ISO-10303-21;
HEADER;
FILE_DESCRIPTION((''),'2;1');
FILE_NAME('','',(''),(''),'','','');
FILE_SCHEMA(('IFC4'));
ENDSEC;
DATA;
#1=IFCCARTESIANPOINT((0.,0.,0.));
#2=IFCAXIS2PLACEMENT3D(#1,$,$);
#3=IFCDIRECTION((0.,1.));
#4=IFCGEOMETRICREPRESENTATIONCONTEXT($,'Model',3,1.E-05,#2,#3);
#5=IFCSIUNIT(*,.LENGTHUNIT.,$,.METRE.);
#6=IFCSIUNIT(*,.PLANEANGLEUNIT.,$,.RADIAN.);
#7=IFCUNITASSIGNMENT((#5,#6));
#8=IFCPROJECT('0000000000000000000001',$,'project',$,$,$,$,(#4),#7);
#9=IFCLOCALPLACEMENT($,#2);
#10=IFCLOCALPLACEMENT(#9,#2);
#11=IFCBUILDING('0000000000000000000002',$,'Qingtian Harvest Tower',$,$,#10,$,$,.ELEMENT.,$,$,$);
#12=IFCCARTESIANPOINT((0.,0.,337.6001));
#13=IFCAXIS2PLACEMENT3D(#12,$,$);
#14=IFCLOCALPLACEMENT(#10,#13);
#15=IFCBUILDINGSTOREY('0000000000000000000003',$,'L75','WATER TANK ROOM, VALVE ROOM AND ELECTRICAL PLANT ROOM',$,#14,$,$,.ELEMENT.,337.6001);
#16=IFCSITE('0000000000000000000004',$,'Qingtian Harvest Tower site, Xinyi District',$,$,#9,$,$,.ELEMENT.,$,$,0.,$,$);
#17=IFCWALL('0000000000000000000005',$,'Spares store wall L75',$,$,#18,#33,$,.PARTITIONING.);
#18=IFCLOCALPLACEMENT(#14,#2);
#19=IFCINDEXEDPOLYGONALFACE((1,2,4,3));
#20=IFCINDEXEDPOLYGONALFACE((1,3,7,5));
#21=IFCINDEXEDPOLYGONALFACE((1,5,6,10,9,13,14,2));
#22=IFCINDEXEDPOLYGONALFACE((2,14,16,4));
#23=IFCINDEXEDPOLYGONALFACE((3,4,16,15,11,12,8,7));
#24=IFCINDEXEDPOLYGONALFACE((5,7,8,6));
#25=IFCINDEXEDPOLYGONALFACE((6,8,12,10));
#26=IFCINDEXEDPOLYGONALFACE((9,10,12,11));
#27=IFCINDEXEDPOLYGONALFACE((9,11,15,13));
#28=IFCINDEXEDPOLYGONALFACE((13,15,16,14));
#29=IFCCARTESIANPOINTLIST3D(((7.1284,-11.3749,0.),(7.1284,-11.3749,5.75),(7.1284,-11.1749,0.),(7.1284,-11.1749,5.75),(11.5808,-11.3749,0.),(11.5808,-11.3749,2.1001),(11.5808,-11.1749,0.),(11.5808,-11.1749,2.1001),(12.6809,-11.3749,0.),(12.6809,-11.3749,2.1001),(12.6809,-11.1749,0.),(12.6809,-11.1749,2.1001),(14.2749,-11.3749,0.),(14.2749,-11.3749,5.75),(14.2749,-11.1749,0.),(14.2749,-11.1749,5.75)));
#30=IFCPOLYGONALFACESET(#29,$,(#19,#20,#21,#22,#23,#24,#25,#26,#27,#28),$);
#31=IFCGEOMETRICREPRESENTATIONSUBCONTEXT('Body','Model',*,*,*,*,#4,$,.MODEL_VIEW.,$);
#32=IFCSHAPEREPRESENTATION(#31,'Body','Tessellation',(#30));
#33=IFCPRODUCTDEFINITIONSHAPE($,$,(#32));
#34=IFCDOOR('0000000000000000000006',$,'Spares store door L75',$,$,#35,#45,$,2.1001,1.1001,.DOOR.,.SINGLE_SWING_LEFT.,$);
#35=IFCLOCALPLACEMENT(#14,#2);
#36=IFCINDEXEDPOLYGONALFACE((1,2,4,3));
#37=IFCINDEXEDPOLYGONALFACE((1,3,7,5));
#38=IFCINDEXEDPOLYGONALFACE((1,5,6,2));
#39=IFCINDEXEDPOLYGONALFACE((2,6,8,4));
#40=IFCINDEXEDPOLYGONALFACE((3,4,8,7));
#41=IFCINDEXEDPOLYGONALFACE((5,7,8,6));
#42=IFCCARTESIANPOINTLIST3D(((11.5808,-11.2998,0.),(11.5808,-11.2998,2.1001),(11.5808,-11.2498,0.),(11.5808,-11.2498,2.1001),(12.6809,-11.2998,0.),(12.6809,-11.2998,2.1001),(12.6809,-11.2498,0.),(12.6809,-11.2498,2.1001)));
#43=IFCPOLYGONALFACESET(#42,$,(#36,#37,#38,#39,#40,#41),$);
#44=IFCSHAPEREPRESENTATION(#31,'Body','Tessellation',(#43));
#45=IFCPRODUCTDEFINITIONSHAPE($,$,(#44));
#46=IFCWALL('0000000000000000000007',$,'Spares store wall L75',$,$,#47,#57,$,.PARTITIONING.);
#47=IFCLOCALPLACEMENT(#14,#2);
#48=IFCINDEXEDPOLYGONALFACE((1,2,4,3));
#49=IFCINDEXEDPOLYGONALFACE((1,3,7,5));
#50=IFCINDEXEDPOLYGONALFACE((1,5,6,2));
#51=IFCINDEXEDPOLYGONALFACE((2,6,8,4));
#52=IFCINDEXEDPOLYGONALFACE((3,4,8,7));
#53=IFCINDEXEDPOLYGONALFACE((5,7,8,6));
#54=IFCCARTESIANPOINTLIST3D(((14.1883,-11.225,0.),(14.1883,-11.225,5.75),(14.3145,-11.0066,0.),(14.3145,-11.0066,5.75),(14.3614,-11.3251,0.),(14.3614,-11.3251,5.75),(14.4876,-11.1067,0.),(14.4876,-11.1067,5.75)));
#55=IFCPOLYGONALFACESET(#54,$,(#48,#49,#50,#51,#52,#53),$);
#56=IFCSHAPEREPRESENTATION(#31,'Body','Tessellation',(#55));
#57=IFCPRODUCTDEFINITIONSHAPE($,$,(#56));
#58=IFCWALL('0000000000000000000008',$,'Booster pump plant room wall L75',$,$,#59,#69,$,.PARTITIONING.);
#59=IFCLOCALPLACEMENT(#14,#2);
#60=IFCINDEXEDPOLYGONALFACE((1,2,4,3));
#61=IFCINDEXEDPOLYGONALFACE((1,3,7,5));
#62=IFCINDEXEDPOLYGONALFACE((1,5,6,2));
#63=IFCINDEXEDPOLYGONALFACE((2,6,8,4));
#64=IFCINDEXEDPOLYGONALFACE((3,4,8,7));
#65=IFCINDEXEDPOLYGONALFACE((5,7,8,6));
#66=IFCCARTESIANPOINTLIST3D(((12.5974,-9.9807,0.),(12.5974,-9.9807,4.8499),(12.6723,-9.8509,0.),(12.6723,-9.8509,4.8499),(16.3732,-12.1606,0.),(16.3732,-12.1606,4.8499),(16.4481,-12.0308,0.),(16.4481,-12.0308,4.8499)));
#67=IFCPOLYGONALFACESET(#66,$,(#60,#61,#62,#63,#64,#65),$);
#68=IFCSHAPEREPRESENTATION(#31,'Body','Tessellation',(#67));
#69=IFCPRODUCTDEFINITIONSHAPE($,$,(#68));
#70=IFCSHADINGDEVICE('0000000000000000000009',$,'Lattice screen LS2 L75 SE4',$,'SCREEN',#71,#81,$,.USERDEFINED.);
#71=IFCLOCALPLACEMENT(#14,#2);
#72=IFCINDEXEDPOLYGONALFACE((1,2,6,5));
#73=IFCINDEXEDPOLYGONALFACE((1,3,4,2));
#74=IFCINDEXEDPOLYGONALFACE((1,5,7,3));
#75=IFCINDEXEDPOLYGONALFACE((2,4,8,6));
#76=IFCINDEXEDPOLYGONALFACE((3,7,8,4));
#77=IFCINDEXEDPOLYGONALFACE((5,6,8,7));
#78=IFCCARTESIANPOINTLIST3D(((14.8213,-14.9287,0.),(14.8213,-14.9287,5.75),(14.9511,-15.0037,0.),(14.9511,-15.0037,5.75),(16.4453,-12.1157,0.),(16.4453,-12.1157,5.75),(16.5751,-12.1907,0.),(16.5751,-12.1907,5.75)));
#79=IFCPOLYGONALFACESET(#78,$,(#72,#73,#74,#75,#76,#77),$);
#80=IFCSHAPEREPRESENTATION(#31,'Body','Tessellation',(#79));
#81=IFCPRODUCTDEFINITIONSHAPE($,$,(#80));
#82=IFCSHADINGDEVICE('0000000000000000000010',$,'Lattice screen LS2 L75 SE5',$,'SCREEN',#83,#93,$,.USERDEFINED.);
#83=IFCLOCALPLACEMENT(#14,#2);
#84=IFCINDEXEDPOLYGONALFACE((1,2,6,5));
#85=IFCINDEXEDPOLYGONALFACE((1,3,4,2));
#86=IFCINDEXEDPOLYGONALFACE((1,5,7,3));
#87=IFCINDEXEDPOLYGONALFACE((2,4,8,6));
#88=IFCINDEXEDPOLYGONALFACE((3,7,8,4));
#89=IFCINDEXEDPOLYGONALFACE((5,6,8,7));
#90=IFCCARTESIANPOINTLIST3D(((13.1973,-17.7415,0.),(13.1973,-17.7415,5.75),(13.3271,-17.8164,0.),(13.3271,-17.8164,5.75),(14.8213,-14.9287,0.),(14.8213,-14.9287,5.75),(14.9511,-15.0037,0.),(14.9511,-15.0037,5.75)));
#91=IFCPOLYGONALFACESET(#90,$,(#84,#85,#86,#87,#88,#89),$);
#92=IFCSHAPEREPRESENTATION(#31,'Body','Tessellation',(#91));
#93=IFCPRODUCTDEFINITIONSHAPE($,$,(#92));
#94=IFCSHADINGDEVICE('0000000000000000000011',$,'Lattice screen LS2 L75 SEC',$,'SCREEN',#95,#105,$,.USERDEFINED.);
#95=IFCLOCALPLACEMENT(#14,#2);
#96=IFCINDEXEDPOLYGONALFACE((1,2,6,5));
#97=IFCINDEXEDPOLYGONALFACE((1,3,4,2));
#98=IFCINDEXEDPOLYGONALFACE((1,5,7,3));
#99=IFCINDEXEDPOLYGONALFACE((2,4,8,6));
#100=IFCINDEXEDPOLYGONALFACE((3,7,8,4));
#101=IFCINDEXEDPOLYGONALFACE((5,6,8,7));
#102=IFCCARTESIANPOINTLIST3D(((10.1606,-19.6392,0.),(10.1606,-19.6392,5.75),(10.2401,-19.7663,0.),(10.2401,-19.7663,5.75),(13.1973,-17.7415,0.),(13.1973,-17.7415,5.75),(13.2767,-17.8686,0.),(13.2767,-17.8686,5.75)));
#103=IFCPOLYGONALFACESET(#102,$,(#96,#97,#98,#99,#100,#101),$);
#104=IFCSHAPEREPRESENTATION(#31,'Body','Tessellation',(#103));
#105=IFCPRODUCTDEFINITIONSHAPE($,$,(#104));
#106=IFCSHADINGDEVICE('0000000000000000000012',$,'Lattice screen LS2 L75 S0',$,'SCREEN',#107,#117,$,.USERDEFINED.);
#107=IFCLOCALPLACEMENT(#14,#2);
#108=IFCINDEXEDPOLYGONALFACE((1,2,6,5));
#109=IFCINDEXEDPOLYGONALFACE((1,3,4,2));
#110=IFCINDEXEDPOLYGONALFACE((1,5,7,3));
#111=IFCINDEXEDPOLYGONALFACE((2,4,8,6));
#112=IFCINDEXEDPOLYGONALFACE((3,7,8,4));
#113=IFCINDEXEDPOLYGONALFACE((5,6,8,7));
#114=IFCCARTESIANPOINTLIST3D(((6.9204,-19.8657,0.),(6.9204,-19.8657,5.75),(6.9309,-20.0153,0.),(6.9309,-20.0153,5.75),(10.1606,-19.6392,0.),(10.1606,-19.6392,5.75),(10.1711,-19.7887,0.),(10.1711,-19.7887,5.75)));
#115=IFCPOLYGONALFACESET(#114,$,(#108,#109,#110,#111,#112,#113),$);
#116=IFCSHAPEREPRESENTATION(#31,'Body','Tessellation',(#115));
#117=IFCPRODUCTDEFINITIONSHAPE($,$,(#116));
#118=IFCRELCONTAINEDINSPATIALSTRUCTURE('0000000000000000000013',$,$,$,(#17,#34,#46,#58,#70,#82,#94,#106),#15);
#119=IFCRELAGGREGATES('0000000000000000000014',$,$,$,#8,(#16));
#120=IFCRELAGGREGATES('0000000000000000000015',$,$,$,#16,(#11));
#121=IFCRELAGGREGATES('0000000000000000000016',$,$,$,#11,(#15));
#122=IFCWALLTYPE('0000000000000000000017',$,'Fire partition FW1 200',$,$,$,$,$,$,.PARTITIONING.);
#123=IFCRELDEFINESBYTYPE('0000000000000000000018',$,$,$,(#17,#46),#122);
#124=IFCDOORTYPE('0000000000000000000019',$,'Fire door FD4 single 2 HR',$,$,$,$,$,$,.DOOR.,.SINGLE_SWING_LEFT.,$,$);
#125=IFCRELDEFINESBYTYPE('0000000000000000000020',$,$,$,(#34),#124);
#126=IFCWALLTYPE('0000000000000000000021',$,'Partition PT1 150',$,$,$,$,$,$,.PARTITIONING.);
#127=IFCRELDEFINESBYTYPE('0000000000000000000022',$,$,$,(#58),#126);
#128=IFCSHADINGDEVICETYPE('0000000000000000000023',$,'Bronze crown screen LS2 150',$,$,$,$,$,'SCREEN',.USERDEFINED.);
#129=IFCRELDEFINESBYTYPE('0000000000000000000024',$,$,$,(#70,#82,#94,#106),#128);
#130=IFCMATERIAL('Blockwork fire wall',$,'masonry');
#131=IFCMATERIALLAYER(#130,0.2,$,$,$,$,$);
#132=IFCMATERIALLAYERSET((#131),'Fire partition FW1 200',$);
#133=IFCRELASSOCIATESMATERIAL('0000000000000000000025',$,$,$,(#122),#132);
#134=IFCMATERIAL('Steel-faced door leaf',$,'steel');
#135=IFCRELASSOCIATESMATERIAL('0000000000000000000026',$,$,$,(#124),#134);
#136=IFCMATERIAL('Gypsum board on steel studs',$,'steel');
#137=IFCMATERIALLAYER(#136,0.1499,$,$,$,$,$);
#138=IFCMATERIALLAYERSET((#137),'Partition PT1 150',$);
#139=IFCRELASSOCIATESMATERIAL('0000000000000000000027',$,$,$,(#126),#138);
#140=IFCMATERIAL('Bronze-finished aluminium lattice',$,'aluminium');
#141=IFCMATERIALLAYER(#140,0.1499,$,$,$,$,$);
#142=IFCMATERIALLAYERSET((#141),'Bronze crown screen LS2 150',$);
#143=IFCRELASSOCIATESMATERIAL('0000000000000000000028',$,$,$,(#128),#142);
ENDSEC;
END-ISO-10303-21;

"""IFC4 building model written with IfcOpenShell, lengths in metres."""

from ifc_helpers import new_model, si_unit, direction, frame, frame_2d, origin, place, context, subcontext, project, spatial, polyline, rectangle, outline, extrude, material, layer, layer_set, type_object, element, fill, save


model = new_model("IFC4")

# Units and contexts
model_context = context("Model", 3, precision=1e-05, world=origin(), true_north=direction((0.0, 1.0)))
body_context = subcontext(model_context, "Body", "Model", "MODEL_VIEW")
ifc_project = project(units=[si_unit("LENGTHUNIT", "METRE"), si_unit("PLANEANGLEUNIT", "RADIAN")], contexts=[model_context])

# Site, building, storey
site_placement = place(None, origin())
site = spatial("IfcSite", under=ifc_project, at=site_placement, Name="Qingtian Harvest Tower site, Xinyi District", CompositionType="ELEMENT", RefElevation=0.0)
building_placement = place(site_placement, origin())
building = spatial("IfcBuilding", under=site, at=building_placement, Name="Qingtian Harvest Tower", CompositionType="ELEMENT")
storey_placement = place(building_placement, frame((0.0, 0.0, 337.6001)))
storey = spatial("IfcBuildingStorey", under=building, at=storey_placement, Name="L75", Description="WATER TANK ROOM, VALVE ROOM AND ELECTRICAL PLANT ROOM", CompositionType="ELEMENT", Elevation=337.6001)

# Wall, opening, door
ifc_material_1 = material(Name="Blockwork fire wall", Category="masonry")
ifc_layer_1 = layer(ifc_material_1, 0.2)
ifc_layer_set_1 = layer_set([ifc_layer_1], Name="Fire partition FW1 200")
wall_type_1 = type_object("IfcWallType", Name="Fire partition FW1 200", PredefinedType="PARTITIONING", material=ifc_layer_set_1)
wall_1_placement = place(storey_placement, frame((14.2749, -11.2749, 0.0), z_axis=(0.0, 0.0, 1.0), x_axis=(-1.0, 0.0, 0.0)))
wall_1 = element("IfcWall", 1, at=wall_1_placement, inside=storey, type_object=wall_type_1, Name="Spares store wall L75", PredefinedType="PARTITIONING", context=body_context, shape_type="SweptSolid", body=[
    extrude(rectangle(XDim=7.1465, YDim=0.2, at=frame_2d((3.5732, 0.0))), origin(), (0.0, 0.0, 1.0), 5.75),
])
opening_placement = place(wall_1_placement, frame((1.594, 0.0, 0.0)))
opening = element("IfcOpeningElement", 2, at=opening_placement, cuts=wall_1, PredefinedType="OPENING", context=body_context, shape_type="SweptSolid", body=[
    extrude(rectangle(XDim=1.1001, YDim=2.1001, at=frame_2d((0.55, 1.05))), frame((0.0, 0.1099, 0.0), z_axis=(0.0, -1.0, 0.0), x_axis=(1.0, 0.0, 0.0)), (0.0, 0.0, 1.0), 0.22),
])
ifc_material_2 = material(Name="Steel-faced door leaf", Category="steel")
door_type = type_object("IfcDoorType", Name="Fire door FD4 single 2 HR", OperationType="SINGLE_SWING_LEFT", PredefinedType="DOOR", material=ifc_material_2)
door_placement = place(opening_placement, origin())
door = element("IfcDoor", 3, at=door_placement, inside=storey, type_object=door_type, Name="Spares store door L75", OperationType="SINGLE_SWING_LEFT", OverallHeight=2.1001, OverallWidth=1.1001, PredefinedType="DOOR", context=body_context, shape_type="SweptSolid", body=[
    extrude(rectangle(XDim=1.1001, YDim=2.1001, at=frame_2d((0.55, 1.05))), frame((0.0, 0.0249, 0.0), z_axis=(0.0, -1.0, 0.0), x_axis=(1.0, 0.0, 0.0)), (0.0, 0.0, 1.0), 0.05),
])
fill(opening, door)

# Walls
wall_2_placement = place(storey_placement, frame((14.2749, -11.2749, 0.0), z_axis=(0.0, 0.0, 1.0), x_axis=(0.500616, 0.865669, 0.0)))
element("IfcWall", 4, at=wall_2_placement, inside=storey, type_object=wall_type_1, Name="Spares store wall L75", PredefinedType="PARTITIONING", context=body_context, shape_type="SweptSolid", body=[
    extrude(rectangle(XDim=0.2522, YDim=0.2, at=frame_2d((0.126, 0.0))), origin(), (0.0, 0.0, 1.0), 5.75),
])
ifc_material_3 = material(Name="Gypsum board on steel studs", Category="steel")
ifc_layer_2 = layer(ifc_material_3, 0.1499)
ifc_layer_set_2 = layer_set([ifc_layer_2], Name="Partition PT1 150")
wall_type_2 = type_object("IfcWallType", Name="Partition PT1 150", PredefinedType="PARTITIONING", material=ifc_layer_set_2)
wall_3_placement = place(storey_placement, frame((16.4106, -12.0957, 0.0), z_axis=(0.0, 0.0, 1.0), x_axis=(-0.866033, 0.499987, 0.0)))
element("IfcWall", 5, at=wall_3_placement, inside=storey, type_object=wall_type_2, Name="Booster pump plant room wall L75", PredefinedType="PARTITIONING", context=body_context, shape_type="SweptSolid", body=[
    extrude(rectangle(XDim=4.3599, YDim=0.1499, at=frame_2d((2.1799, 0.0))), origin(), (0.0, 0.0, 1.0), 4.8499),
])

# Shading devices
ifc_material_4 = material(Name="Bronze-finished aluminium lattice", Category="aluminium")
ifc_layer_3 = layer(ifc_material_4, 0.1499)
ifc_layer_set_3 = layer_set([ifc_layer_3], Name="Bronze crown screen LS2 150")
shading_device_type = type_object("IfcShadingDeviceType", Name="Bronze crown screen LS2 150", ElementType="SCREEN", PredefinedType="USERDEFINED", material=ifc_layer_set_3)
shading_device_1_placement = place(storey_placement, frame((16.4453, -12.1157, 0.0), z_axis=(-0.866033, 0.499987, 0.0), x_axis=(-0.499987, -0.866033, 0.0)))
element("IfcShadingDevice", 6, at=shading_device_1_placement, inside=storey, type_object=shading_device_type, Name="Lattice screen LS2 L75 SE4", ObjectType="SCREEN", PredefinedType="USERDEFINED", context=body_context, shape_type="SweptSolid", body=[
    extrude(outline(polyline([(0.0, 0.0), (3.2481, 0.0), (3.2481, 5.75), (0.0, 5.75), (0.0, 0.0)])), origin(), (0.0, 0.0, -1.0), 0.1499),
])
shading_device_2_placement = place(storey_placement, frame((14.8213, -14.9287, 0.0), z_axis=(-0.866014, 0.50002, 0.0), x_axis=(-0.50002, -0.866014, 0.0)))
element("IfcShadingDevice", 7, at=shading_device_2_placement, inside=storey, type_object=shading_device_type, Name="Lattice screen LS2 L75 SE5", ObjectType="SCREEN", PredefinedType="USERDEFINED", context=body_context, shape_type="SweptSolid", body=[
    extrude(outline(polyline([(0.0, 0.0), (3.2479, 0.0), (3.2479, 5.75), (0.0, 5.75), (0.0, 0.0)])), origin(), (0.0, 0.0, -1.0), 0.1499),
])
shading_device_3_placement = place(storey_placement, frame((13.1973, -17.7415, 0.0), z_axis=(-0.529962, 0.848021, 0.0), x_axis=(-0.848021, -0.529962, 0.0)))
element("IfcShadingDevice", 8, at=shading_device_3_placement, inside=storey, type_object=shading_device_type, Name="Lattice screen LS2 L75 SEC", ObjectType="SCREEN", PredefinedType="USERDEFINED", context=body_context, shape_type="SweptSolid", body=[
    extrude(outline(polyline([(0.0, 0.0), (3.5808, 0.0), (3.5808, 5.75), (0.0, 5.75), (0.0, 0.0)])), origin(), (0.0, 0.0, -1.0), 0.1499),
])
shading_device_4_placement = place(storey_placement, frame((10.1606, -19.6392, 0.0), z_axis=(-0.069751, 0.997564, 0.0), x_axis=(-0.997564, -0.069751, 0.0)))
element("IfcShadingDevice", 9, at=shading_device_4_placement, inside=storey, type_object=shading_device_type, Name="Lattice screen LS2 L75 S0", ObjectType="SCREEN", PredefinedType="USERDEFINED", context=body_context, shape_type="SweptSolid", body=[
    extrude(outline(polyline([(0.0, 0.0), (3.2481, 0.0), (3.2481, 5.75), (0.0, 5.75), (0.0, 0.0)])), origin(), (0.0, 0.0, -1.0), 0.1499),
])

save(model, "model.ifc")
